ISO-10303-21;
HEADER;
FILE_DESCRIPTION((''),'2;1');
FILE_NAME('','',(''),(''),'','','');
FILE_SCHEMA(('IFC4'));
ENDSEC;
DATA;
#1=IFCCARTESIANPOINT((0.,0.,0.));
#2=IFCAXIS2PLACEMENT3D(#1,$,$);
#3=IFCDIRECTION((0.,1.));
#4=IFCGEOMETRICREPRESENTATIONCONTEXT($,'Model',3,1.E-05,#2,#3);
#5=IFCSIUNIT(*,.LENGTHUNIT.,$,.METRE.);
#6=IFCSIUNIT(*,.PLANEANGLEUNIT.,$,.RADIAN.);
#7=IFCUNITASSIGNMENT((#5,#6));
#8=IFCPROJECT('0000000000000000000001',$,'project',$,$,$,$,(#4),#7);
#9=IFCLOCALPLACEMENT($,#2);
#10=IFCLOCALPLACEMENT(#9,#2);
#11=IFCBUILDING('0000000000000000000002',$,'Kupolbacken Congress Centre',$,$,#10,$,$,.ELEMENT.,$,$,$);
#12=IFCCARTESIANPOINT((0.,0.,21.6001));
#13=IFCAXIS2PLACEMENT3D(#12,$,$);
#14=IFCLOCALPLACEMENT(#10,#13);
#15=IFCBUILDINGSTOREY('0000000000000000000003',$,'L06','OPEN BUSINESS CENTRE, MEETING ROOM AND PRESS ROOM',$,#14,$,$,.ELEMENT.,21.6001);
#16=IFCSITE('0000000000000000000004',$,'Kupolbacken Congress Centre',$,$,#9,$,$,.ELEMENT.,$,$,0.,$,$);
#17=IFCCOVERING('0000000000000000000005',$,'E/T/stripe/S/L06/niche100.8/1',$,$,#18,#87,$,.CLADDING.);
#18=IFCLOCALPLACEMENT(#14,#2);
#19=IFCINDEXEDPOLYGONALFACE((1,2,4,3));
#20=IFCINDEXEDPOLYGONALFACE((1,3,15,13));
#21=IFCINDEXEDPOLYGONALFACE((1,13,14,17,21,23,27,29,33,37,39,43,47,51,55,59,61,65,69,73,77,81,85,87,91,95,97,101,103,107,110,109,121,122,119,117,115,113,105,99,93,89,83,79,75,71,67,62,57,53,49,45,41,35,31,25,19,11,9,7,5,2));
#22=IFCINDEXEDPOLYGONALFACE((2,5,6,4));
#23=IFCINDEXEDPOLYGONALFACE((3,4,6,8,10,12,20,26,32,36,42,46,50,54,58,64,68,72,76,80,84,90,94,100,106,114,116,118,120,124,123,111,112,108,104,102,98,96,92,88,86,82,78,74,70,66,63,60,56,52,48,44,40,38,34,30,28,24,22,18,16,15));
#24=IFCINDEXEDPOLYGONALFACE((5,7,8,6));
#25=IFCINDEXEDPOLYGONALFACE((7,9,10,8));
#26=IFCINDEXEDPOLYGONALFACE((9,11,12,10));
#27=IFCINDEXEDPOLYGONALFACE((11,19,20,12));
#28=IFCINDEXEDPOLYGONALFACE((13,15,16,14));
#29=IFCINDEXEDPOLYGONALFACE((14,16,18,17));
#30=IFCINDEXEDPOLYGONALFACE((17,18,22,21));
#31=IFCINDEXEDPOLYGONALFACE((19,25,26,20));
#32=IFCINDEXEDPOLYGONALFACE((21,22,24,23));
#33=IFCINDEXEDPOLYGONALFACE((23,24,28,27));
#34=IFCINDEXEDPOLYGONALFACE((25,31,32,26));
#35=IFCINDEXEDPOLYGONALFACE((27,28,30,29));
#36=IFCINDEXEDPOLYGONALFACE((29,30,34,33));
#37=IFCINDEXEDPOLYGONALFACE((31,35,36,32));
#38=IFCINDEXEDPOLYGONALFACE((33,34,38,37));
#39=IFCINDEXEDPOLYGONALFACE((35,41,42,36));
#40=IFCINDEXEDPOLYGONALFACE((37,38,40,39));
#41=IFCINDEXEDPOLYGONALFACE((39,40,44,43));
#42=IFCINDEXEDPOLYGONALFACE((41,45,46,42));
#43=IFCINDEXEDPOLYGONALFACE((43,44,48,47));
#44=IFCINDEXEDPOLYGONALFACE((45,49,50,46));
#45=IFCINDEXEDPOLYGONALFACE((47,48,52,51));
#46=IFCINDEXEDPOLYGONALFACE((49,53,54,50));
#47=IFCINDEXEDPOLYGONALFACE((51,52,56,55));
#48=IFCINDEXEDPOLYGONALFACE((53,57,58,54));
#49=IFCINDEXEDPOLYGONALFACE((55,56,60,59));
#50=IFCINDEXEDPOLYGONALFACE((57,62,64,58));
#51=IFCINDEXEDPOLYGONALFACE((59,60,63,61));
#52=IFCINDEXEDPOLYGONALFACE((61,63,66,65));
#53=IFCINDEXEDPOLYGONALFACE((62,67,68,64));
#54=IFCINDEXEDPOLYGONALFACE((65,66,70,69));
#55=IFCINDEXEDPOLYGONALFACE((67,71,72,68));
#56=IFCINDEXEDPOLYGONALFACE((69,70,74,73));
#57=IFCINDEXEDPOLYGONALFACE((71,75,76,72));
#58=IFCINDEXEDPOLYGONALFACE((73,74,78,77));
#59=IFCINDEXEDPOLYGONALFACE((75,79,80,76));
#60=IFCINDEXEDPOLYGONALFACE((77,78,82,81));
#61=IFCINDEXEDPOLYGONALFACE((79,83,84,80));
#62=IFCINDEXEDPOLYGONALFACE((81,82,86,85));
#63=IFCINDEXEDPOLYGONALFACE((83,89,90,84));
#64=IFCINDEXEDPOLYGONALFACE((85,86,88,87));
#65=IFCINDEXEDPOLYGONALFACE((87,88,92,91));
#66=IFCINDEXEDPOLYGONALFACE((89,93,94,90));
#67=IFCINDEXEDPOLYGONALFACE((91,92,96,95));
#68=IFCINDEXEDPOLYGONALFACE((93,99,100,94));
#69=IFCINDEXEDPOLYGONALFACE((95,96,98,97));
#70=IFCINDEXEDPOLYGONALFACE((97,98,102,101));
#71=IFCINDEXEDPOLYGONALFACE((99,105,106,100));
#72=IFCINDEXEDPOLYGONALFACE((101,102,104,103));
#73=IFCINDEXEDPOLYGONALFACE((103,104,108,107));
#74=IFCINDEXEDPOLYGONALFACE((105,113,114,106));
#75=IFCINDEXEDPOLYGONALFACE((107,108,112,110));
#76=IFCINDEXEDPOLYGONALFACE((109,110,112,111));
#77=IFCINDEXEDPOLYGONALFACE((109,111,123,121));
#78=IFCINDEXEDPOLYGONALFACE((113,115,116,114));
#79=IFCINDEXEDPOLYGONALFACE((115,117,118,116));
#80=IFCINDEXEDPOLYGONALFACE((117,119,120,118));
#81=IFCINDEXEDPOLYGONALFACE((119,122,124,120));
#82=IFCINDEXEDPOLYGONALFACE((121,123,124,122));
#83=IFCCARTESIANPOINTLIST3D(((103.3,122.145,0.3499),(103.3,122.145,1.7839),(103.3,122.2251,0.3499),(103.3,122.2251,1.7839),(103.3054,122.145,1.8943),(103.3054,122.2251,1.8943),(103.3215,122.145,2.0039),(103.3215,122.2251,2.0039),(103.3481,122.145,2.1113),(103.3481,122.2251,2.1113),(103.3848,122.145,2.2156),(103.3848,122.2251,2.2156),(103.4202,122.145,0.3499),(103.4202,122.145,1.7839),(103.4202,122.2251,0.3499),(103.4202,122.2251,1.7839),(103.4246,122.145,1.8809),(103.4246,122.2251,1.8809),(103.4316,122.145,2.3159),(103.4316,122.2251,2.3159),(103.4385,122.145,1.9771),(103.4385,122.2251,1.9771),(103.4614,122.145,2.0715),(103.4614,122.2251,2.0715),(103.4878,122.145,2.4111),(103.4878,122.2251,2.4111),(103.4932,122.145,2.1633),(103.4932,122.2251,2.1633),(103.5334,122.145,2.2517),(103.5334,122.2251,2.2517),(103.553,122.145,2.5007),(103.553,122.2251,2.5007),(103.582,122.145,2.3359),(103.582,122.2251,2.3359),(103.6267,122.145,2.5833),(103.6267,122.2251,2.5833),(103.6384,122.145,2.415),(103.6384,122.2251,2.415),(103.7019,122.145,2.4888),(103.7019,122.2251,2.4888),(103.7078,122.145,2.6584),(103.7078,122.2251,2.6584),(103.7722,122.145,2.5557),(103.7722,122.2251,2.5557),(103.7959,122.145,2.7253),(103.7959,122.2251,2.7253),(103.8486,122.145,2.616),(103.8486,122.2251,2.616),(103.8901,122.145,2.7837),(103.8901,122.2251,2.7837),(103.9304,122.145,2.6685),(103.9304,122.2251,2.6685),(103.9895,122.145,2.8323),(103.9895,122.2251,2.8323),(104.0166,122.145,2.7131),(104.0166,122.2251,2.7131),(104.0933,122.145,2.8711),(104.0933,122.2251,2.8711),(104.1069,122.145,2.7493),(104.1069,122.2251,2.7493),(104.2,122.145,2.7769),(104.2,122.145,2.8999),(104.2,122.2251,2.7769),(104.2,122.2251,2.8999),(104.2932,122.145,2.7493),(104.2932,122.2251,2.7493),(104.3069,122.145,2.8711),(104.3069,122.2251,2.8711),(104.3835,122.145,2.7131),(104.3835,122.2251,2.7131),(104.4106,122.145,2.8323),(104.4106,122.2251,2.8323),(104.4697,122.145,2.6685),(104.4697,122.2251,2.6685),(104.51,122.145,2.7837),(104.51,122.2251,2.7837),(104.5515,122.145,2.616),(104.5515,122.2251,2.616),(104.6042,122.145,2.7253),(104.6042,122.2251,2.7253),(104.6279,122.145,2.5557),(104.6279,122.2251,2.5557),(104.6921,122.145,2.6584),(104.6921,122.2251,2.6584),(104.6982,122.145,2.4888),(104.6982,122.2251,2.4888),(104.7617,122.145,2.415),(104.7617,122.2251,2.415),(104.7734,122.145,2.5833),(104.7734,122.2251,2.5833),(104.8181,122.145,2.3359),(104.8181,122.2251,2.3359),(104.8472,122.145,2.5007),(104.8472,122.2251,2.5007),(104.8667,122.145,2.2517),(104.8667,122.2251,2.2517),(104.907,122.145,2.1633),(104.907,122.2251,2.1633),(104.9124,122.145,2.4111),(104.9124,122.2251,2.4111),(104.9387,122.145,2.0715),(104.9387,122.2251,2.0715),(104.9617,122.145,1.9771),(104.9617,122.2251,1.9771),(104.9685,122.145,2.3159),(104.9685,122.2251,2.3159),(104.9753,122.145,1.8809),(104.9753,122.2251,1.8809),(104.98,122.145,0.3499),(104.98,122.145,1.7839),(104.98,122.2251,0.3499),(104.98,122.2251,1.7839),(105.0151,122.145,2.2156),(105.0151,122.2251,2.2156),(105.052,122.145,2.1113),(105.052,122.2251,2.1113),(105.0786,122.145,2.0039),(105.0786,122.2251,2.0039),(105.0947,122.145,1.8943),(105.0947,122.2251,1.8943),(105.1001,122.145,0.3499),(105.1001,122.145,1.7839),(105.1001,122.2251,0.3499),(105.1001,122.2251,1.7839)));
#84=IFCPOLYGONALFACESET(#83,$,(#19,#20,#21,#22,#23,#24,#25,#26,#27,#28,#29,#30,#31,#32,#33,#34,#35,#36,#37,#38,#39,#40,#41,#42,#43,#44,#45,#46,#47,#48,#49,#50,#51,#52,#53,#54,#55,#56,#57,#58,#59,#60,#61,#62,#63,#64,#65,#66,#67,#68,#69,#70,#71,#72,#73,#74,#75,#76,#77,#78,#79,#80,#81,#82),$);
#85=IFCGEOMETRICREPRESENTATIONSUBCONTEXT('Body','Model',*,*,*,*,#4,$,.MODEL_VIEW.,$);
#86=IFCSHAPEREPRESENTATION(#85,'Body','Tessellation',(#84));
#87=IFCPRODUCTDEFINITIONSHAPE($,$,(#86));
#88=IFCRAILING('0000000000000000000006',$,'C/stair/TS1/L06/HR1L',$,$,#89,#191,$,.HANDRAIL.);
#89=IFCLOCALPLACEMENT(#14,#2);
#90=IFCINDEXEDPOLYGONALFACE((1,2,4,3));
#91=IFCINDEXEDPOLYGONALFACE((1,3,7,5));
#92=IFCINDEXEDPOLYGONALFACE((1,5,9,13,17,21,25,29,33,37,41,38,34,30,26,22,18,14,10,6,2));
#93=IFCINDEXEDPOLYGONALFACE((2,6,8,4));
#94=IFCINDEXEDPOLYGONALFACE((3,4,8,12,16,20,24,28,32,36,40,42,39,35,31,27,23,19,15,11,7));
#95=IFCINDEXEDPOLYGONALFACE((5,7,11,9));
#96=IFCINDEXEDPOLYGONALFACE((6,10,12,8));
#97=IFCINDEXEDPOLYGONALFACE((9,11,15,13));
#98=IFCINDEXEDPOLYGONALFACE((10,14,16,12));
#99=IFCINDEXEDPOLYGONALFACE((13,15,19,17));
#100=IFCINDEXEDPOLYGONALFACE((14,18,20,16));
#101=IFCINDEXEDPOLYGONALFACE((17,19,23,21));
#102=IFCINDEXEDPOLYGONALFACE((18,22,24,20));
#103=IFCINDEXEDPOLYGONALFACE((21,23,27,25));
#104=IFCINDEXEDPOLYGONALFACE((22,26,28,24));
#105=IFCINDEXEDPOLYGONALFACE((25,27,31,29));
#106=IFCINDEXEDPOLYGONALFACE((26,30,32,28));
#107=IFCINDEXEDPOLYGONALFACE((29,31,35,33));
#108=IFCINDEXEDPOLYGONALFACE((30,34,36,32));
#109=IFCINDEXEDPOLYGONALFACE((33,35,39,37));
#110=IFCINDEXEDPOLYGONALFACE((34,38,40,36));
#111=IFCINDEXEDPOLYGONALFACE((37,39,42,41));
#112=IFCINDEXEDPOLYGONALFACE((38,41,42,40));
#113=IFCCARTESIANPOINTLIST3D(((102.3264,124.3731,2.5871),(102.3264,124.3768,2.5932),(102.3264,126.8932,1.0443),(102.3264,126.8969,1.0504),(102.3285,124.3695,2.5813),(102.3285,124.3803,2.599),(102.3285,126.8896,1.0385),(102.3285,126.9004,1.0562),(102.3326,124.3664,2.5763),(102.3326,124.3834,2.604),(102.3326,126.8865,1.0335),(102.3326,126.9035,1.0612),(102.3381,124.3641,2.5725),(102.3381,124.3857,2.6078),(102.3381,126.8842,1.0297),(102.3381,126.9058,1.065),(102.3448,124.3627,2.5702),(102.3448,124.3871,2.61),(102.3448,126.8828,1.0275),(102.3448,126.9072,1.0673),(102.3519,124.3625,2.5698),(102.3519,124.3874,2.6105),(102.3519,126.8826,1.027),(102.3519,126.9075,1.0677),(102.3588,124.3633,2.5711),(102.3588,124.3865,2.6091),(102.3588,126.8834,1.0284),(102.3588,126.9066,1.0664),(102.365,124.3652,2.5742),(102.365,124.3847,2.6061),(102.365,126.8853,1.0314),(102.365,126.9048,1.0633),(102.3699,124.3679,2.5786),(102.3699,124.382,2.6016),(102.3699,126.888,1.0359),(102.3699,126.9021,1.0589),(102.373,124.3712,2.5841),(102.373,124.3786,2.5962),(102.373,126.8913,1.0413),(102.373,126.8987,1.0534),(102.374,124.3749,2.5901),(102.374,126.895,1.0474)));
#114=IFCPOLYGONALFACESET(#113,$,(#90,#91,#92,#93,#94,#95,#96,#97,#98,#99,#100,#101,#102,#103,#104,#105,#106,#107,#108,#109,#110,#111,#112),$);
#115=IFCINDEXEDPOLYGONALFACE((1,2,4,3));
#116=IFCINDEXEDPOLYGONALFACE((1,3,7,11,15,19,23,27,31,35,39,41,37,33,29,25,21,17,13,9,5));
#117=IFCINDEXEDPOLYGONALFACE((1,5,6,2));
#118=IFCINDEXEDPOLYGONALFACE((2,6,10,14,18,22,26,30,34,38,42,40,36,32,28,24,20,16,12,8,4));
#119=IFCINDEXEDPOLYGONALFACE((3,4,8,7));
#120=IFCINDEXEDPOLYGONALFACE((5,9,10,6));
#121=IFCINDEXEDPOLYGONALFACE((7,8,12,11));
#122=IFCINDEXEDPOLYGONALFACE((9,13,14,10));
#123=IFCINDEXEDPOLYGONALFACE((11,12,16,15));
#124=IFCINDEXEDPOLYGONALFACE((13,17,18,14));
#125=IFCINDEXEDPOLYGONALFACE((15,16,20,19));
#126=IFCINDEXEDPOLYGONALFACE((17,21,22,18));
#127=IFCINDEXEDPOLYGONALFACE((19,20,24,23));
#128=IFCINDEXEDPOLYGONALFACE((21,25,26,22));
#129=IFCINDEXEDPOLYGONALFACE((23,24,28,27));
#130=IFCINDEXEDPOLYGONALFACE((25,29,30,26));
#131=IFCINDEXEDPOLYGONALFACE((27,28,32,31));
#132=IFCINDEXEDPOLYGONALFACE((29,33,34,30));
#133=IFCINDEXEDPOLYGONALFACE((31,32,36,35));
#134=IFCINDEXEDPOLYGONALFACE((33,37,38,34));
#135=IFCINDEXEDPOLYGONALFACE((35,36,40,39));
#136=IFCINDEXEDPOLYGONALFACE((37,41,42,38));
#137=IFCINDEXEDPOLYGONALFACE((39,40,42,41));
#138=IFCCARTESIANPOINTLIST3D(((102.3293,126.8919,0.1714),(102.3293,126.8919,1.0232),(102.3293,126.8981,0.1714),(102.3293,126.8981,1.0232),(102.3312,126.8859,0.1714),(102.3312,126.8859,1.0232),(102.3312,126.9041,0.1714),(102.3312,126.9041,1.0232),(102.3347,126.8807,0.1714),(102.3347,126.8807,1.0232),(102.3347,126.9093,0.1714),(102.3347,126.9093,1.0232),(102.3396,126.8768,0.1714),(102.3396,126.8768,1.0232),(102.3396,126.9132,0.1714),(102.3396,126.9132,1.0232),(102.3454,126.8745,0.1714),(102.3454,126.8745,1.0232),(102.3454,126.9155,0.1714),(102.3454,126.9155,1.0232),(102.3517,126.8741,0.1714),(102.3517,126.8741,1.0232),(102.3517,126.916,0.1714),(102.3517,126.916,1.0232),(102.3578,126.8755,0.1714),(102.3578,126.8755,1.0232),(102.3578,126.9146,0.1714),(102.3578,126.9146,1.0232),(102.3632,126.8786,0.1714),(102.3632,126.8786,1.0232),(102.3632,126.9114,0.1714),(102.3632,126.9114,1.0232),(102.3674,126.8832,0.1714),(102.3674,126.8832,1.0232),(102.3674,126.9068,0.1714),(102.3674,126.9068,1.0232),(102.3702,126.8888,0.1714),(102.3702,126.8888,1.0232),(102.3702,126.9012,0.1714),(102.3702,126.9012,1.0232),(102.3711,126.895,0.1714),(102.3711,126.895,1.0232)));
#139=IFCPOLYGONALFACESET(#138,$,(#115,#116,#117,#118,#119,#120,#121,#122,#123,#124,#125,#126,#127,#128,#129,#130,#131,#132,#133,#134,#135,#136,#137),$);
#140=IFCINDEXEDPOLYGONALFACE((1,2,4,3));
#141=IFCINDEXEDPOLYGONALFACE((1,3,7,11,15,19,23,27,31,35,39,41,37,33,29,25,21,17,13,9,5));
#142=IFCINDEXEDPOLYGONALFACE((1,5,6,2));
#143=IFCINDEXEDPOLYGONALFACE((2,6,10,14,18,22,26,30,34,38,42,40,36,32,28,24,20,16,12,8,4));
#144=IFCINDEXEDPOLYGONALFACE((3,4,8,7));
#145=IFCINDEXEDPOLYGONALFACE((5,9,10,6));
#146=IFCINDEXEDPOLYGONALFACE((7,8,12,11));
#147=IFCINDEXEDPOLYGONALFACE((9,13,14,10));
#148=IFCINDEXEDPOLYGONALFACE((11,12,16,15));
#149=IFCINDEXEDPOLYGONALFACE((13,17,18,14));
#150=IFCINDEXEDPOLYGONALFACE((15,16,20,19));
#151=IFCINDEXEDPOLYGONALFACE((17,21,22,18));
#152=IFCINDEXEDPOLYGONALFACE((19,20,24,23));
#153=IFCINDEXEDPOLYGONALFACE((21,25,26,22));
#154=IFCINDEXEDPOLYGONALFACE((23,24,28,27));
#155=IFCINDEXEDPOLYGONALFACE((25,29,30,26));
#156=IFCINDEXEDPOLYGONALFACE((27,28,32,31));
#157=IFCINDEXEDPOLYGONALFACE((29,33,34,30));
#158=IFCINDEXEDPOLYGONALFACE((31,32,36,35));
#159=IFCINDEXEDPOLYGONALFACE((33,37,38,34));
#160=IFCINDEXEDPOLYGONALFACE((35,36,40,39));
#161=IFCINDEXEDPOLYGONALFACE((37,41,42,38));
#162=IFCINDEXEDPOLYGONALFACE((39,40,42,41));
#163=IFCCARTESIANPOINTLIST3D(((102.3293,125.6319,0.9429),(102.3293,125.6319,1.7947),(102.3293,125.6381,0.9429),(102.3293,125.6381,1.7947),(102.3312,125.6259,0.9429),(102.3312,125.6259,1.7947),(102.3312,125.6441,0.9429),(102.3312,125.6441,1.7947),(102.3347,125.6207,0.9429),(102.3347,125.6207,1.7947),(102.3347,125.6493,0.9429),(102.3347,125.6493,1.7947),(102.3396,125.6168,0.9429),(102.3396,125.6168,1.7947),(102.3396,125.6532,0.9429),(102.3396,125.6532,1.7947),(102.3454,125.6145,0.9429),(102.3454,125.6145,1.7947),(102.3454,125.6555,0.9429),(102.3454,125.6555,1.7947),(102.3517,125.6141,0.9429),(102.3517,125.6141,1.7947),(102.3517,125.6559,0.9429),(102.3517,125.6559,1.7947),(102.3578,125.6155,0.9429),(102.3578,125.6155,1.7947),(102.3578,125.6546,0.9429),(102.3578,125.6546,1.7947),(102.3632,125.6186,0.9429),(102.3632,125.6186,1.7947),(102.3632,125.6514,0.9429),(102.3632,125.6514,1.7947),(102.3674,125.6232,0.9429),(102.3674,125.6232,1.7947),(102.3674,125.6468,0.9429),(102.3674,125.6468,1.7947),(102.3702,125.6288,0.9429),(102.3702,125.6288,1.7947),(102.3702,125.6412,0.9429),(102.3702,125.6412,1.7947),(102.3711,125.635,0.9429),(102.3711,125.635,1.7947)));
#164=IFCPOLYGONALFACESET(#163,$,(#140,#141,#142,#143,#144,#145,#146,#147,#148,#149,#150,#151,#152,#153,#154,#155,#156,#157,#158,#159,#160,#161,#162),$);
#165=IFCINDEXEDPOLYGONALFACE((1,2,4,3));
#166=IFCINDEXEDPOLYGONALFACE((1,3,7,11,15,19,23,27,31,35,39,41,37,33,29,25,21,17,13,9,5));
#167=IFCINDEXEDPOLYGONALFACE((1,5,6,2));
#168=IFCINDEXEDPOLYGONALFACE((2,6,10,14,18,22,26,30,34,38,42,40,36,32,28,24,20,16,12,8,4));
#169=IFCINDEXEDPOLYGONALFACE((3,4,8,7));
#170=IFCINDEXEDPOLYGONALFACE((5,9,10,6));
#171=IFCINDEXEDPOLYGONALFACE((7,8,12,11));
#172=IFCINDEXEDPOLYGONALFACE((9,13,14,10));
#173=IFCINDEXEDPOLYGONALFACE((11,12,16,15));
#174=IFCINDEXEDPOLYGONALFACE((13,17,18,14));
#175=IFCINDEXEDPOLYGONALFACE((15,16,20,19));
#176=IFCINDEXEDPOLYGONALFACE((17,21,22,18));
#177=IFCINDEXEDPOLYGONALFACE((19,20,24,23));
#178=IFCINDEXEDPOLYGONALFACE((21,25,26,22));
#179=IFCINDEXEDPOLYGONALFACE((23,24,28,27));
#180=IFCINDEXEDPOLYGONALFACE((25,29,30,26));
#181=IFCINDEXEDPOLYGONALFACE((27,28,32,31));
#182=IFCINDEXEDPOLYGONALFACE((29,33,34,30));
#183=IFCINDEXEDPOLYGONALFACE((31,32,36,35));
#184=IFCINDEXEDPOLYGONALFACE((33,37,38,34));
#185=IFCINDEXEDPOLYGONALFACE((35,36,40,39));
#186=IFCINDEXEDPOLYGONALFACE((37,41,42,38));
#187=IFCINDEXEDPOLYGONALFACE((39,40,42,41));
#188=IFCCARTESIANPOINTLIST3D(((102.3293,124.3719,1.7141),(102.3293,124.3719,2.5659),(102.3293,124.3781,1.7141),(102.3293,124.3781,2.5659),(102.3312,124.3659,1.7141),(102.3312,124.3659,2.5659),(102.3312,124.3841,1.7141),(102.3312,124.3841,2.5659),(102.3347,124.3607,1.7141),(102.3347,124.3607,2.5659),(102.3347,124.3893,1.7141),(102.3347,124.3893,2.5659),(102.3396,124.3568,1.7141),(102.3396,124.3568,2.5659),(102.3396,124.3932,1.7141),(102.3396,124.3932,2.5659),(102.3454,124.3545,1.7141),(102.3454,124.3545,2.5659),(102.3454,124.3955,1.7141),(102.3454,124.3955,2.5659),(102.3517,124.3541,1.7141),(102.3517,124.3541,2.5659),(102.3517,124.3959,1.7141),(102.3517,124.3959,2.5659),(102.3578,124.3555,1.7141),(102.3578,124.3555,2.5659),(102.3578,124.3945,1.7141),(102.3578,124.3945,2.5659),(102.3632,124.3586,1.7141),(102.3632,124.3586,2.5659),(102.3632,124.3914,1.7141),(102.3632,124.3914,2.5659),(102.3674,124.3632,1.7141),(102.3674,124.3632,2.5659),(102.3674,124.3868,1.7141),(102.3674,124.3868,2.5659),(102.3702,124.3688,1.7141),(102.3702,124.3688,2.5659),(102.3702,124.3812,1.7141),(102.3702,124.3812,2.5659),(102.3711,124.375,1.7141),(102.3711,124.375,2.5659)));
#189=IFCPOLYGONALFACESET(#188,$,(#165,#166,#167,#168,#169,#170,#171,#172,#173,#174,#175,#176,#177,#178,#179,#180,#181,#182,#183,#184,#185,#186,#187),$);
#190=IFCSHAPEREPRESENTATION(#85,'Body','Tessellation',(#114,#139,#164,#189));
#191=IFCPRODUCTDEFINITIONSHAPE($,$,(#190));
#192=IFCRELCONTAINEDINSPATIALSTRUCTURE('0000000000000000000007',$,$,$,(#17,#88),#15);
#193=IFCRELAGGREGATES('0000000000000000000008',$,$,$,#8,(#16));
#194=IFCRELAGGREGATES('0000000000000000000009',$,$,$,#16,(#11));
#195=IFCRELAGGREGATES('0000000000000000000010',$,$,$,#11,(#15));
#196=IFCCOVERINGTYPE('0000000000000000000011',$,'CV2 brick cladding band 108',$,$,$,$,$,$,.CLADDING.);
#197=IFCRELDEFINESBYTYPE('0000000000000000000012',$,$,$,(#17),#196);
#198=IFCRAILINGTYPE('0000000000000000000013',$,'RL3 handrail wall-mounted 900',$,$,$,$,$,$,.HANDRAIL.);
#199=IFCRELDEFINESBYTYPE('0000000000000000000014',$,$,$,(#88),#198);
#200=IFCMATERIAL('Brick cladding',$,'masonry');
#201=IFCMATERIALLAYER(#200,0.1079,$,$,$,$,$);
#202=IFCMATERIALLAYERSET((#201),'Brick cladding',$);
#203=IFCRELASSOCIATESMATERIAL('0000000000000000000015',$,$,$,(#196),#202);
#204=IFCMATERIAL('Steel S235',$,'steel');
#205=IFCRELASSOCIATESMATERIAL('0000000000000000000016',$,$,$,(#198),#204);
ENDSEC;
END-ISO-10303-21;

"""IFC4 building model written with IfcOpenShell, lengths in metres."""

from ifc_helpers import new_model, si_unit, direction, frame, origin, origin_2d, place, context, subcontext, project, spatial, polyline, circle, outline, extrude, material, layer, layer_set, type_object, element, save


model = new_model("IFC4")

# Units and contexts
model_context = context("Model", 3, precision=1e-05, world=origin(), true_north=direction((0.0, 1.0)))
body_context = subcontext(model_context, "Body", "Model", "MODEL_VIEW")
ifc_project = project(units=[si_unit("LENGTHUNIT", "METRE"), si_unit("PLANEANGLEUNIT", "RADIAN")], contexts=[model_context])

# Site, building, storey
site_placement = place(None, origin())
site = spatial("IfcSite", under=ifc_project, at=site_placement, Name="Kupolbacken Congress Centre", CompositionType="ELEMENT", RefElevation=0.0)
building_placement = place(site_placement, origin())
building = spatial("IfcBuilding", under=site, at=building_placement, Name="Kupolbacken Congress Centre", CompositionType="ELEMENT")
storey_placement = place(building_placement, frame((0.0, 0.0, 21.6001)))
storey = spatial("IfcBuildingStorey", under=building, at=storey_placement, Name="L06", Description="OPEN BUSINESS CENTRE, MEETING ROOM AND PRESS ROOM", CompositionType="ELEMENT", Elevation=21.6001)

# Covering
ifc_material_1 = material(Name="Brick cladding", Category="masonry")
ifc_layer_1 = layer(ifc_material_1, 0.1079)
ifc_layer_set_1 = layer_set([ifc_layer_1], Name="Brick cladding")
covering_type = type_object("IfcCoveringType", Name="CV2 brick cladding band 108", PredefinedType="CLADDING", material=ifc_layer_set_1)
covering_1_placement = place(storey_placement, frame((103.3, 122.2251, 0.3499), z_axis=(0.0, -1.0, 0.0), x_axis=(1.0, 0.0, 0.0)))
element("IfcCovering", 1, at=covering_1_placement, inside=storey, type_object=covering_type, Name="E/T/stripe/S/L06/niche100.8/1", PredefinedType="CLADDING", context=body_context, shape_type="SweptSolid", body=[
    extrude(outline(polyline([(0.0, 0.0), (0.0, 1.4341), (0.0054, 1.5444), (0.0215, 1.6541), (0.0481, 1.7615), (0.0847, 1.8657), (0.1316, 1.9661), (0.1877, 2.0613), (0.2529, 2.1509), (0.3267, 2.2334), (0.4077, 2.3086), (0.4958, 2.3755), (0.5901, 2.4338), (0.6895, 2.4824), (0.7932, 2.5212), (0.8999, 2.55), (1.0068, 2.5212), (1.1106, 2.4824), (1.21, 2.4338), (1.3042, 2.3755), (1.3921, 2.3086), (1.4734, 2.2334), (1.5471, 2.1509), (1.6123, 2.0613), (1.6685, 1.9661), (1.7151, 1.8657), (1.752, 1.7615), (1.7786, 1.6541), (1.7947, 1.5444), (1.8, 1.4341), (1.8, 0.0), (1.6799, 0.0), (1.6799, 1.4341), (1.6753, 1.531), (1.6616, 1.6272), (1.6387, 1.7217), (1.6069, 1.8135), (1.5667, 1.9019), (1.5181, 1.9861), (1.4617, 2.0652), (1.3982, 2.1389), (1.3279, 2.2058), (1.2515, 2.2661), (1.1697, 2.3186), (1.0835, 2.3633), (0.9932, 2.3994), (0.8999, 2.427), (0.8069, 2.3994), (0.7166, 2.3633), (0.6304, 2.3186), (0.5486, 2.2661), (0.4722, 2.2058), (0.4019, 2.1389), (0.3384, 2.0652), (0.282, 1.9861), (0.2334, 1.9019), (0.1931, 1.8135), (0.1614, 1.7217), (0.1384, 1.6272), (0.1245, 1.531), (0.1201, 1.4341), (0.1201, 0.0), (0.0, 0.0)])), origin(), (0.0, 0.0, 1.0), 0.0801),
])

# Railing
ifc_material_2 = material(Name="Steel S235", Category="steel")
railing_type = type_object("IfcRailingType", Name="RL3 handrail wall-mounted 900", PredefinedType="HANDRAIL", material=ifc_material_2)
for number, where, name in (
    (2, (102.3501, 126.895, 0.1714), "C/stair/TS1/L06/HR1L"),
):
    element("IfcRailing", number, at=place(storey_placement, frame(where)), inside=storey, type_object=railing_type, Name=name, PredefinedType="HANDRAIL", context=body_context, shape_type="SweptSolid", body=[
        extrude(circle(Radius=0.0239, at=origin_2d()), frame((0.0, 0.0, 0.876), z_axis=(0.0, -0.852873, 0.522118), x_axis=(1.0, 0.0, 0.0)), (0.0, 0.0, 1.0), 2.9548),
        extrude(circle(Radius=0.021, at=origin_2d()), origin(), (0.0, 0.0, 1.0), 0.8518),
        extrude(circle(Radius=0.021, at=origin_2d()), frame((0.0, -1.26, 0.7715)), (0.0, 0.0, 1.0), 0.8518),
        extrude(circle(Radius=0.021, at=origin_2d()), frame((0.0, -2.52, 1.5427)), (0.0, 0.0, 1.0), 0.8518),
    ])

save(model, "model.ifc")
